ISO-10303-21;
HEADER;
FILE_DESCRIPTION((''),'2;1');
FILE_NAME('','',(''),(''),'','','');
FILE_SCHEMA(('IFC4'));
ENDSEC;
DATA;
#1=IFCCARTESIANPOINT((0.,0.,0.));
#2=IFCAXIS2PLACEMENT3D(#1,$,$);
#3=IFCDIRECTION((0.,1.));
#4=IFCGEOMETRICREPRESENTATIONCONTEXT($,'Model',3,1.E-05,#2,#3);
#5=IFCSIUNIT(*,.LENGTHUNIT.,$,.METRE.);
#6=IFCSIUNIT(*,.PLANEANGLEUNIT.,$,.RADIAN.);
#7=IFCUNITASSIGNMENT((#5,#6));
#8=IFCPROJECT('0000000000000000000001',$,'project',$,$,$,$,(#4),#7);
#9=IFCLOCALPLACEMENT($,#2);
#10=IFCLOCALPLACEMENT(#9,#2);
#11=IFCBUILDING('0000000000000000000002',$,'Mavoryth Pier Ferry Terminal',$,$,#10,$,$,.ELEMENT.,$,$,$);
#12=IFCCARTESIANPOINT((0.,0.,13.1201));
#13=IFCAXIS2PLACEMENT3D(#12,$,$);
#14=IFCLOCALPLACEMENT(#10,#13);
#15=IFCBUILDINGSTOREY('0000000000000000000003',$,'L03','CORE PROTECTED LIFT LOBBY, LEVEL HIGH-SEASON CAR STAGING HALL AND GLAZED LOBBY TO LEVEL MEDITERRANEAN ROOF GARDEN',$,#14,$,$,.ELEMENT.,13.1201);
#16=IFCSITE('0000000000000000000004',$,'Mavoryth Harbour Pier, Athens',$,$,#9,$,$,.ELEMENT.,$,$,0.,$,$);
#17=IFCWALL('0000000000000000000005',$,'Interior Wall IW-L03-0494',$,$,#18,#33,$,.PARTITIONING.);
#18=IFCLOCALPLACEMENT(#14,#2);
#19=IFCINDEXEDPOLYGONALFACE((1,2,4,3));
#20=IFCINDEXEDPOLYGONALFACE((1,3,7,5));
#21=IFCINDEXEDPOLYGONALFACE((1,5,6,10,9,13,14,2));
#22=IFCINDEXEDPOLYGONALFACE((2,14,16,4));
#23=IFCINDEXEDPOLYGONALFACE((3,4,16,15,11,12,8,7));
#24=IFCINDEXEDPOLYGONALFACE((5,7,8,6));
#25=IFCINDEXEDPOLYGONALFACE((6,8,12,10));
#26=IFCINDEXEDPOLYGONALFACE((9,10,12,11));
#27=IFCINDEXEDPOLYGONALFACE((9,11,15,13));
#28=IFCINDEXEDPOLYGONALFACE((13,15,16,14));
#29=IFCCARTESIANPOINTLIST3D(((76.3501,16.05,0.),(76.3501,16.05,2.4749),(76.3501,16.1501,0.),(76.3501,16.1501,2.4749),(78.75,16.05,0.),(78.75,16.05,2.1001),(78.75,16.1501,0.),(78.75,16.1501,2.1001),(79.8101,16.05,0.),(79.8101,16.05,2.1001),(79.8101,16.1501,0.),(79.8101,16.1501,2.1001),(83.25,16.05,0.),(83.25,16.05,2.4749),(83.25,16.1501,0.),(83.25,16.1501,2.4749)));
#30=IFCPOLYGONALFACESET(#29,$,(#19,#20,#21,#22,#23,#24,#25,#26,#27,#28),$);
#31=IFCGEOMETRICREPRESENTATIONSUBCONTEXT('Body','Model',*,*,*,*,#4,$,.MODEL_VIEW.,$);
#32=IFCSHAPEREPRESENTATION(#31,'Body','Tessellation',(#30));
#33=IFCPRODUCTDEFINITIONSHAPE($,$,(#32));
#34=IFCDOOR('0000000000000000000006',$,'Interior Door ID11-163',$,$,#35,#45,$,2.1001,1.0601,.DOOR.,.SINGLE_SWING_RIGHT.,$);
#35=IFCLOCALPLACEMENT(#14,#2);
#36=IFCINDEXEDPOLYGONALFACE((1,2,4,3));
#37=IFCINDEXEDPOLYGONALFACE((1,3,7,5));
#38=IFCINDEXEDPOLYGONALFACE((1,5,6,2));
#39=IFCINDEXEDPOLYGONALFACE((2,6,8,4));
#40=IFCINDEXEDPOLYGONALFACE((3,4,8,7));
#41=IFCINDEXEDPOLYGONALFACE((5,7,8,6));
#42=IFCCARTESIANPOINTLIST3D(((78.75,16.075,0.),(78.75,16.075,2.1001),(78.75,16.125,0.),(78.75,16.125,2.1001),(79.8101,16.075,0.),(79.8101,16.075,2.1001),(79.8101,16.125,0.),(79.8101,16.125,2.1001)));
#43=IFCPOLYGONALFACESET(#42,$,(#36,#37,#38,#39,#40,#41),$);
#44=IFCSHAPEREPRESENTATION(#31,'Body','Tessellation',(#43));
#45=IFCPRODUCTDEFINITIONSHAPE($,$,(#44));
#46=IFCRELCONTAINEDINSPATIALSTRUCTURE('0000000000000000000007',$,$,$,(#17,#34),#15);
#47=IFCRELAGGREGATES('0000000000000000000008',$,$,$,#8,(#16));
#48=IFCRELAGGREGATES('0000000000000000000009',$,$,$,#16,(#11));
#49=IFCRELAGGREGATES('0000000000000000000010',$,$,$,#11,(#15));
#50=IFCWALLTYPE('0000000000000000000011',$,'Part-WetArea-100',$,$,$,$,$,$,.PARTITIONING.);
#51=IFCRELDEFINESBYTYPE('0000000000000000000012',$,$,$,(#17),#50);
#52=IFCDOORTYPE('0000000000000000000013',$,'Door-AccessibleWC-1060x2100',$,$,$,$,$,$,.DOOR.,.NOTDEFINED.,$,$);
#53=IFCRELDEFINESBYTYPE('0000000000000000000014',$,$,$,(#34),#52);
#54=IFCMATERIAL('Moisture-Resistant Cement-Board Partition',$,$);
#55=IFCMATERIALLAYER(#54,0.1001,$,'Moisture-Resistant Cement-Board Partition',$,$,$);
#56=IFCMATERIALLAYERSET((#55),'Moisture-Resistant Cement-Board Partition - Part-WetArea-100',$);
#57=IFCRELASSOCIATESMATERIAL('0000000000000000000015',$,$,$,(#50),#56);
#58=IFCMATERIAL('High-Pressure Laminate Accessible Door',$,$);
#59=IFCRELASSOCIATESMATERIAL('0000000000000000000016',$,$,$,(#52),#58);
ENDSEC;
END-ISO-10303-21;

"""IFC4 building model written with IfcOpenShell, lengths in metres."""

from ifc_helpers import new_model, si_unit, direction, frame, frame_2d, origin, place, context, subcontext, project, spatial, rectangle, extrude, material, layer, layer_set, type_object, element, fill, save


model = new_model("IFC4")

# Units and contexts
model_context = context("Model", 3, precision=1e-05, world=origin(), true_north=direction((0.0, 1.0)))
body_context = subcontext(model_context, "Body", "Model", "MODEL_VIEW")
ifc_project = project(units=[si_unit("LENGTHUNIT", "METRE"), si_unit("PLANEANGLEUNIT", "RADIAN")], contexts=[model_context])

# Site, building, storey
site_placement = place(None, origin())
site = spatial("IfcSite", under=ifc_project, at=site_placement, Name="Mavoryth Harbour Pier, Athens", CompositionType="ELEMENT", RefElevation=0.0)
building_placement = place(site_placement, origin())
building = spatial("IfcBuilding", under=site, at=building_placement, Name="Mavoryth Pier Ferry Terminal", CompositionType="ELEMENT")
storey_placement = place(building_placement, frame((0.0, 0.0, 13.1201)))
storey = spatial("IfcBuildingStorey", under=building, at=storey_placement, Name="L03", Description="CORE PROTECTED LIFT LOBBY, LEVEL HIGH-SEASON CAR STAGING HALL AND GLAZED LOBBY TO LEVEL MEDITERRANEAN ROOF GARDEN", CompositionType="ELEMENT", Elevation=13.1201)

# Wall, opening, door
ifc_material_1 = material(Name="Moisture-Resistant Cement-Board Partition")
ifc_layer_1 = layer(ifc_material_1, 0.1001, Name="Moisture-Resistant Cement-Board Partition")
ifc_layer_set_1 = layer_set([ifc_layer_1], Name="Moisture-Resistant Cement-Board Partition - Part-WetArea-100")
wall_type = type_object("IfcWallType", Name="Part-WetArea-100", PredefinedType="PARTITIONING", material=ifc_layer_set_1)
wall_placement = place(storey_placement, frame((76.3501, 16.1001, 0.0), z_axis=(0.0, 0.0, 1.0), x_axis=(1.0, 0.0, 0.0)))
wall = element("IfcWall", 1, at=wall_placement, inside=storey, type_object=wall_type, Name="Interior Wall IW-L03-0494", PredefinedType="PARTITIONING", context=body_context, shape_type="SweptSolid", body=[
    extrude(rectangle(XDim=6.8999, YDim=0.1001, at=frame_2d((3.45, 0.0))), origin(), (0.0, 0.0, 1.0), 2.4749),
])
opening_placement = place(wall_placement, frame((2.3999, 0.0, 0.0)))
opening = element("IfcOpeningElement", 2, at=opening_placement, cuts=wall, PredefinedType="OPENING", context=body_context, shape_type="SweptSolid", body=[
    extrude(rectangle(XDim=1.0601, YDim=2.1001, at=frame_2d((0.53, 1.05))), frame((0.0, 0.0601, 0.0), z_axis=(0.0, -1.0, 0.0), x_axis=(1.0, 0.0, 0.0)), (0.0, 0.0, 1.0), 0.1201),
])
ifc_material_2 = material(Name="High-Pressure Laminate Accessible Door")
door_type = type_object("IfcDoorType", Name="Door-AccessibleWC-1060x2100", OperationType="NOTDEFINED", PredefinedType="DOOR", material=ifc_material_2)
door_placement = place(opening_placement, origin())
door = element("IfcDoor", 3, at=door_placement, inside=storey, type_object=door_type, Name="Interior Door ID11-163", OperationType="SINGLE_SWING_RIGHT", OverallHeight=2.1001, OverallWidth=1.0601, PredefinedType="DOOR", context=body_context, shape_type="SweptSolid", body=[
    extrude(rectangle(XDim=1.0601, YDim=2.1001, at=frame_2d((0.53, 1.05))), frame((0.0, 0.0249, 0.0), z_axis=(0.0, -1.0, 0.0), x_axis=(1.0, 0.0, 0.0)), (0.0, 0.0, 1.0), 0.05),
])
fill(opening, door)

save(model, "model.ifc")
